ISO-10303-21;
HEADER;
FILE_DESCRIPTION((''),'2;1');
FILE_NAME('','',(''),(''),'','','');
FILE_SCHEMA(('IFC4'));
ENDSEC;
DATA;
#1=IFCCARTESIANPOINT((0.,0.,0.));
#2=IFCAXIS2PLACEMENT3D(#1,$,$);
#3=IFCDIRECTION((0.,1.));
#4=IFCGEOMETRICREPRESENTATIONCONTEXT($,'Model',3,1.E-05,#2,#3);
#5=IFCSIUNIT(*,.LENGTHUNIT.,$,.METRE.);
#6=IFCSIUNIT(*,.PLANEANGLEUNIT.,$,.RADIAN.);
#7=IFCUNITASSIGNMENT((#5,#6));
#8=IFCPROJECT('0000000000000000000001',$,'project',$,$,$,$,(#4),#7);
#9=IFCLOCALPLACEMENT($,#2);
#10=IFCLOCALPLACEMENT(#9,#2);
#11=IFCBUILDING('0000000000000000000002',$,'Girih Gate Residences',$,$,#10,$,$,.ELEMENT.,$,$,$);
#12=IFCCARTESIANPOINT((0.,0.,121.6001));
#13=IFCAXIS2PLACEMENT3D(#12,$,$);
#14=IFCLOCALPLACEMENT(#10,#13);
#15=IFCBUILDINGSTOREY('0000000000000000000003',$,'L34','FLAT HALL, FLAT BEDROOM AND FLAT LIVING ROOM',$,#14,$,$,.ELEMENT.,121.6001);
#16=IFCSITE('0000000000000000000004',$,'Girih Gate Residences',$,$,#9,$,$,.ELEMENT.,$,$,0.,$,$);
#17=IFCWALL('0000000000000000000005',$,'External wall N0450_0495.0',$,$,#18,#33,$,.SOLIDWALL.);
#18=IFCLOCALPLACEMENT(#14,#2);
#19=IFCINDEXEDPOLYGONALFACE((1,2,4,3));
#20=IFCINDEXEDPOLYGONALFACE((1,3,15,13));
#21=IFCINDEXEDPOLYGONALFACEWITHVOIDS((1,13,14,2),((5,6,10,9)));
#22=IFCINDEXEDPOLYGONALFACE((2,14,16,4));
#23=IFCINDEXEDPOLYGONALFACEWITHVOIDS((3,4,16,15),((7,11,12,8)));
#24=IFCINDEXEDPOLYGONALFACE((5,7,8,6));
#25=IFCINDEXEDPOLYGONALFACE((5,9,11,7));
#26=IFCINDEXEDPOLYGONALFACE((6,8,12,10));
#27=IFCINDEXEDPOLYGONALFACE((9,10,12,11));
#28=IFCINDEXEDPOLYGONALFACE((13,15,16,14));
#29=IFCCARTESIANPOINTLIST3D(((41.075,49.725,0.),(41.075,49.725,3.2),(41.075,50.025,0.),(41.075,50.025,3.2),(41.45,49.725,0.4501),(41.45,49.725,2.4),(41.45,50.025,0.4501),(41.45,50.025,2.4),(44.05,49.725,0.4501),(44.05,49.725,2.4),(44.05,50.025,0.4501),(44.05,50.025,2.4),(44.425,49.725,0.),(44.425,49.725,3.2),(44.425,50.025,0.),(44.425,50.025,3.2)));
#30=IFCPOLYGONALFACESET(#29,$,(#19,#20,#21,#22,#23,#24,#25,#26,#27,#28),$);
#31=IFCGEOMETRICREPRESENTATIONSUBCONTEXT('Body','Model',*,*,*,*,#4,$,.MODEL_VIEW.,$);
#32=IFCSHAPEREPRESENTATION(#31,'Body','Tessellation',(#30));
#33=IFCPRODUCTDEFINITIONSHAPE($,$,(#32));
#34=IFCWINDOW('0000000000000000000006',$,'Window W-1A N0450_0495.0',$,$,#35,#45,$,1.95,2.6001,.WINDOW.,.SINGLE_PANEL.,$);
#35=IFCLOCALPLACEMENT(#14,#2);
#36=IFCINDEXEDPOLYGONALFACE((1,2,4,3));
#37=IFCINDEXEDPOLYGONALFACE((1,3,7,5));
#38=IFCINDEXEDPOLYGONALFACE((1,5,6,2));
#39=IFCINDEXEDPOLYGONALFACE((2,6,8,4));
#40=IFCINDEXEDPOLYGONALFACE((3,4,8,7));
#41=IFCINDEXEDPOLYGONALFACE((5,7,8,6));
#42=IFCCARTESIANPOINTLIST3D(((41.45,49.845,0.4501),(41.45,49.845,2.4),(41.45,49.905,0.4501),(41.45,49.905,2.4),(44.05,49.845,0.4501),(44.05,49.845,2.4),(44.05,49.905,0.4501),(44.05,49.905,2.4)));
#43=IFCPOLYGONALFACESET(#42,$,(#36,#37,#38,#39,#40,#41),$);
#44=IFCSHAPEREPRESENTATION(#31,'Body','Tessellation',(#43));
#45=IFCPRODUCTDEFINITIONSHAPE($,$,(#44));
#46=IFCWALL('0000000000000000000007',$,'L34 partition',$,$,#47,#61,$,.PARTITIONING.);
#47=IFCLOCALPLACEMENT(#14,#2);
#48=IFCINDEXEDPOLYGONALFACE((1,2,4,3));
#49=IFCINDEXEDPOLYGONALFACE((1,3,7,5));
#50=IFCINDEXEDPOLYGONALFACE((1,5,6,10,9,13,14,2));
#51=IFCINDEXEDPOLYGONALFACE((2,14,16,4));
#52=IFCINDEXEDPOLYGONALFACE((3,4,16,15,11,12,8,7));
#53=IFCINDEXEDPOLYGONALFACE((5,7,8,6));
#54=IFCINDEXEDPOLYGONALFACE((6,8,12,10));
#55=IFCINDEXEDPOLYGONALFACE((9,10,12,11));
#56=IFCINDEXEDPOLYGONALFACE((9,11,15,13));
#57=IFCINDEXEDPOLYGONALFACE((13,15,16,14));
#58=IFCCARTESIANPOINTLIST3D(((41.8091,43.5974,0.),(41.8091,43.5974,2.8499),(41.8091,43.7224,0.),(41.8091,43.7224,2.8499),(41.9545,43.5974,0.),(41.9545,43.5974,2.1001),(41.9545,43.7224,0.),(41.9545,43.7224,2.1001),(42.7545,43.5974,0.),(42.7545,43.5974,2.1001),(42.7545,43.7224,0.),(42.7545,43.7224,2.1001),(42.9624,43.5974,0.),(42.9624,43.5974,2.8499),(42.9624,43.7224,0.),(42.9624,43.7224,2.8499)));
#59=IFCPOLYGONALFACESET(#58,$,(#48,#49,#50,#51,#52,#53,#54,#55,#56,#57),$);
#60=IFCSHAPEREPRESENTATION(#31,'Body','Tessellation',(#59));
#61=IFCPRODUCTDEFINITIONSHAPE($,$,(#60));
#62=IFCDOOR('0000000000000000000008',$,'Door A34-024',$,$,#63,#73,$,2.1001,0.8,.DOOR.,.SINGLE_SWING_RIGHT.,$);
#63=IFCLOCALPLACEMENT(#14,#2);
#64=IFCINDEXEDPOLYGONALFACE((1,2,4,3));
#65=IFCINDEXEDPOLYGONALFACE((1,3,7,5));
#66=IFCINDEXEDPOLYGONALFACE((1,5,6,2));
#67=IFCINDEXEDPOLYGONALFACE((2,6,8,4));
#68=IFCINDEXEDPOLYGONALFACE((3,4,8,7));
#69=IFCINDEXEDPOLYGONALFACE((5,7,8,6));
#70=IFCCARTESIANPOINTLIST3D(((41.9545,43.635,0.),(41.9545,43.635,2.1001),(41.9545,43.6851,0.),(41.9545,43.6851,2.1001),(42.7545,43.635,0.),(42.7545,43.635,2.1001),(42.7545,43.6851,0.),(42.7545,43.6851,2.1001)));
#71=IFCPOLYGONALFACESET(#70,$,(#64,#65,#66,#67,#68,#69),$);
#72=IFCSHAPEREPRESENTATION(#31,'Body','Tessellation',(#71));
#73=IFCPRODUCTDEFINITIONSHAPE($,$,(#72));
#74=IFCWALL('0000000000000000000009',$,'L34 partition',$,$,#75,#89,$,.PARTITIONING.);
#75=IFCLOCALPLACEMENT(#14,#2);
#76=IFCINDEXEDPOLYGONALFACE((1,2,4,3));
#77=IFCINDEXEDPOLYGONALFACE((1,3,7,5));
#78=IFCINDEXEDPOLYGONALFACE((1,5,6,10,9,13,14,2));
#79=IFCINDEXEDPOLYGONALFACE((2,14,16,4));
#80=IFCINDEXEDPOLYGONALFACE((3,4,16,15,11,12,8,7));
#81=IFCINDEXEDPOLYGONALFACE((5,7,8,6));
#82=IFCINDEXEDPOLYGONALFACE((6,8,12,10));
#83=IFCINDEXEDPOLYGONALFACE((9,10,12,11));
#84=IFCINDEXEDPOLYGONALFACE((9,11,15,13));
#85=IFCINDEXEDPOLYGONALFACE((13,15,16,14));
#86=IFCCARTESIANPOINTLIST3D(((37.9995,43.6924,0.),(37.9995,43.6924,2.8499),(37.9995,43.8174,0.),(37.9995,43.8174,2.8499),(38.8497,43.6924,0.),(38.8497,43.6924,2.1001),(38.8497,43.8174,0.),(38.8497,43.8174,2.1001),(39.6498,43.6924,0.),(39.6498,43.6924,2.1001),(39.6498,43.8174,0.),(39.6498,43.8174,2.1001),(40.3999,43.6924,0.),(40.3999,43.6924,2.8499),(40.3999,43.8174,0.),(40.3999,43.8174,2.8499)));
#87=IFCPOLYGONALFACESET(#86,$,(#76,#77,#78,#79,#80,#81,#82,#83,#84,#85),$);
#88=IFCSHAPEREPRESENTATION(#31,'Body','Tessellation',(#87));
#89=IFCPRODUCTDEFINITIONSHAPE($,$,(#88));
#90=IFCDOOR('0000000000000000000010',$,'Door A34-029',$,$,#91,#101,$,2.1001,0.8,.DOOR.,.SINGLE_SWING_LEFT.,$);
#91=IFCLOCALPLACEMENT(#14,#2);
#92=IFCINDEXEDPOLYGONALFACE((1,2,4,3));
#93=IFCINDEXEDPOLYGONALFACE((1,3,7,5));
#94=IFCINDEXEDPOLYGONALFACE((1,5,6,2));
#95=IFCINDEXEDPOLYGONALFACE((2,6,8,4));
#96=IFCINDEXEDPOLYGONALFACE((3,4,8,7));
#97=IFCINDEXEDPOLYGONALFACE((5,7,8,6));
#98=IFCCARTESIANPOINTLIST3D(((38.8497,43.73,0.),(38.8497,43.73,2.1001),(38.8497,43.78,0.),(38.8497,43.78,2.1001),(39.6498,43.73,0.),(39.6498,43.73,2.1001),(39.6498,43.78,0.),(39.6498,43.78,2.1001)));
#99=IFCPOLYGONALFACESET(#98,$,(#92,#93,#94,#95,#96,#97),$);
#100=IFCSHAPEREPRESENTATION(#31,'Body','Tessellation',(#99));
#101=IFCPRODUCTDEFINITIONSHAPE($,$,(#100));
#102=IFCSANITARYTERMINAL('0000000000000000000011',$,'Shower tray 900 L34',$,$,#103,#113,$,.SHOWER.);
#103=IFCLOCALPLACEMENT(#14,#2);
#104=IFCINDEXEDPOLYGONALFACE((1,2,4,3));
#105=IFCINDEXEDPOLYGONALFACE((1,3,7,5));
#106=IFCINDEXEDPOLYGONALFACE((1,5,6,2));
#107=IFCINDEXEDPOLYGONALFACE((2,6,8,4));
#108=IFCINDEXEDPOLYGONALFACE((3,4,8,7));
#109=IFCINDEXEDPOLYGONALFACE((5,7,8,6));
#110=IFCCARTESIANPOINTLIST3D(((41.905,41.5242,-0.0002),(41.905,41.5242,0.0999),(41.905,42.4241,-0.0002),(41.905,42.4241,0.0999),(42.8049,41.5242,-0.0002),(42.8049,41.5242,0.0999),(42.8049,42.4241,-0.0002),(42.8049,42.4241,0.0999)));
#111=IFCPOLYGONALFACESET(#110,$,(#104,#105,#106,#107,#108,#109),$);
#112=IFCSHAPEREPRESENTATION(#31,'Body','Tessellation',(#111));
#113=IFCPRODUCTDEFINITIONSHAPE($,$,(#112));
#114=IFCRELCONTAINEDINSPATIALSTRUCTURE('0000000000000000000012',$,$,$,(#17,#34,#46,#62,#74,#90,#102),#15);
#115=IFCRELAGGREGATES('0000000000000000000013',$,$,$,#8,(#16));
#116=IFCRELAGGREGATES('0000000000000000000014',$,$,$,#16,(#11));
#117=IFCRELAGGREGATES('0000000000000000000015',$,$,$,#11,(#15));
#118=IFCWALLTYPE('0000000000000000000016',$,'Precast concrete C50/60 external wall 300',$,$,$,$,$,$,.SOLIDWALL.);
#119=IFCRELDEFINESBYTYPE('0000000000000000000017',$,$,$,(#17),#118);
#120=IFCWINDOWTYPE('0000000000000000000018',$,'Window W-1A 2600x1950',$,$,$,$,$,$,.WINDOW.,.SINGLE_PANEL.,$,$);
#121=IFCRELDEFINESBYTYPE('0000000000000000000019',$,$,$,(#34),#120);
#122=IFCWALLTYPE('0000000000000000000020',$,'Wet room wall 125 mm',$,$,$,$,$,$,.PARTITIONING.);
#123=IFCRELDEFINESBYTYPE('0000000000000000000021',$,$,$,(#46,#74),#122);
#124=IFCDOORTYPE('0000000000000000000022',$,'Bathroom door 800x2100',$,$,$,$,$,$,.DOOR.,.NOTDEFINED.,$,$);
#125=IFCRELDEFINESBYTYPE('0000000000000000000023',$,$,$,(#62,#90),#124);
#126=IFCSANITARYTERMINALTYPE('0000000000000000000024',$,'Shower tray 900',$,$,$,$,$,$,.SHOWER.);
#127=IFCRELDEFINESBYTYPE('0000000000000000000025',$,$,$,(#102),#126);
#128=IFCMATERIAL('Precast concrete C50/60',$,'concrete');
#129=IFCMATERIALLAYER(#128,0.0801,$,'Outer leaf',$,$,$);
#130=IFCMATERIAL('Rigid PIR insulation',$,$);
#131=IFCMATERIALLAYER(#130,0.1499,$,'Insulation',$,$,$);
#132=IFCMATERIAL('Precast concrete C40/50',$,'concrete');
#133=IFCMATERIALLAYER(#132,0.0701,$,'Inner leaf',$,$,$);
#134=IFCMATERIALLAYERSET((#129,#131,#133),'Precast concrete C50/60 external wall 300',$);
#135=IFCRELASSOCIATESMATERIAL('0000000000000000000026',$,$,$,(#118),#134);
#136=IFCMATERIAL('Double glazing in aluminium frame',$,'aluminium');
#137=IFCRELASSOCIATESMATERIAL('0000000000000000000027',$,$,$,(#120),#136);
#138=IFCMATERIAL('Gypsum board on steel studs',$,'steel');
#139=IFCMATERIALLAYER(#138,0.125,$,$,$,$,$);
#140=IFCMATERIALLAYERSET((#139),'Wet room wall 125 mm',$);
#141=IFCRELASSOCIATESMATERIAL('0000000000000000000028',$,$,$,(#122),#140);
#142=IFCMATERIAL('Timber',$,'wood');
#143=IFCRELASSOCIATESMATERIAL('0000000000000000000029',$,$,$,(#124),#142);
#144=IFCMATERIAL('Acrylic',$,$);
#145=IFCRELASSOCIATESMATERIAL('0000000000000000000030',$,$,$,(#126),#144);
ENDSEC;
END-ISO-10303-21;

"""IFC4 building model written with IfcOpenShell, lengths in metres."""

from ifc_helpers import new_model, si_unit, direction, frame, frame_2d, origin, origin_2d, place, context, subcontext, project, spatial, rectangle, extrude, material, layer, layer_set, type_object, element, fill, save


model = new_model("IFC4")

# Units and contexts
model_context = context("Model", 3, precision=1e-05, world=origin(), true_north=direction((0.0, 1.0)))
body_context = subcontext(model_context, "Body", "Model", "MODEL_VIEW")
ifc_project = project(units=[si_unit("LENGTHUNIT", "METRE"), si_unit("PLANEANGLEUNIT", "RADIAN")], contexts=[model_context])

# Site, building, storey
site_placement = place(None, origin())
site = spatial("IfcSite", under=ifc_project, at=site_placement, Name="Girih Gate Residences", CompositionType="ELEMENT", RefElevation=0.0)
building_placement = place(site_placement, origin())
building = spatial("IfcBuilding", under=site, at=building_placement, Name="Girih Gate Residences", CompositionType="ELEMENT")
storey_placement = place(building_placement, frame((0.0, 0.0, 121.6001)))
storey = spatial("IfcBuildingStorey", under=building, at=storey_placement, Name="L34", Description="FLAT HALL, FLAT BEDROOM AND FLAT LIVING ROOM", CompositionType="ELEMENT", Elevation=121.6001)

# Shared definitions
ifc_material_1 = material(Name="Gypsum board on steel studs", Category="steel")
ifc_material_2 = material(Name="Timber", Category="wood")

# Wall, opening, window
ifc_material_3 = material(Name="Precast concrete C50/60", Category="concrete")
ifc_layer_1 = layer(ifc_material_3, 0.0801, Name="Outer leaf")
ifc_material_4 = material(Name="Rigid PIR insulation")
ifc_layer_2 = layer(ifc_material_4, 0.1499, Name="Insulation")
ifc_material_5 = material(Name="Precast concrete C40/50", Category="concrete")
ifc_layer_3 = layer(ifc_material_5, 0.0701, Name="Inner leaf")
ifc_layer_set_1 = layer_set([ifc_layer_1, ifc_layer_2, ifc_layer_3], Name="Precast concrete C50/60 external wall 300")
wall_type_1 = type_object("IfcWallType", Name="Precast concrete C50/60 external wall 300", PredefinedType="SOLIDWALL", material=ifc_layer_set_1)
wall_1_placement = place(storey_placement, frame((41.075, 49.875, 0.0), z_axis=(0.0, 0.0, 1.0), x_axis=(1.0, 0.0, 0.0)))
wall_1 = element("IfcWall", 1, at=wall_1_placement, inside=storey, type_object=wall_type_1, Name="External wall N0450_0495.0", PredefinedType="SOLIDWALL", context=body_context, shape_type="SweptSolid", body=[
    extrude(rectangle(XDim=3.3501, YDim=0.3, at=frame_2d((1.675, 0.0))), origin(), (0.0, 0.0, 1.0), 3.2),
])
opening_1_placement = place(wall_1_placement, frame((0.375, 0.0, 0.45)))
opening_1 = element("IfcOpeningElement", 2, at=opening_1_placement, cuts=wall_1, PredefinedType="OPENING", context=body_context, shape_type="SweptSolid", body=[
    extrude(rectangle(XDim=2.6001, YDim=1.95, at=frame_2d((1.3, 0.9751))), frame((0.0, 0.1599, 0.0), z_axis=(0.0, -1.0, 0.0), x_axis=(1.0, 0.0, 0.0)), (0.0, 0.0, 1.0), 0.3201),
])
ifc_material_6 = material(Name="Double glazing in aluminium frame", Category="aluminium")
window_type = type_object("IfcWindowType", Name="Window W-1A 2600x1950", PartitioningType="SINGLE_PANEL", PredefinedType="WINDOW", material=ifc_material_6)
window_placement = place(opening_1_placement, origin())
window = element("IfcWindow", 3, at=window_placement, inside=storey, type_object=window_type, Name="Window W-1A N0450_0495.0", OverallHeight=1.95, OverallWidth=2.6001, PartitioningType="SINGLE_PANEL", PredefinedType="WINDOW", context=body_context, shape_type="SweptSolid", body=[
    extrude(rectangle(XDim=2.6001, YDim=1.95, at=frame_2d((1.3, 0.9751))), frame((0.0, 0.03, 0.0), z_axis=(0.0, -1.0, 0.0), x_axis=(1.0, 0.0, 0.0)), (0.0, 0.0, 1.0), 0.0601),
])
fill(opening_1, window)

# Walls, openings, doors
ifc_layer_4 = layer(ifc_material_1, 0.125)
ifc_layer_set_2 = layer_set([ifc_layer_4], Name="Wet room wall 125 mm")
wall_type_2 = type_object("IfcWallType", Name="Wet room wall 125 mm", PredefinedType="PARTITIONING", material=ifc_layer_set_2)
wall_2_placement = place(storey_placement, frame((42.9624, 43.6599, 0.0), z_axis=(0.0, 0.0, 1.0), x_axis=(-1.0, 0.0, 0.0)))
wall_2 = element("IfcWall", 4, at=wall_2_placement, inside=storey, type_object=wall_type_2, Name="L34 partition", PredefinedType="PARTITIONING", context=body_context, shape_type="SweptSolid", body=[
    extrude(rectangle(XDim=1.1533, YDim=0.125, at=frame_2d((0.5767, 0.0))), origin(), (0.0, 0.0, 1.0), 2.8499),
])
opening_2_placement = place(wall_2_placement, frame((0.208, 0.0, 0.0)))
opening_2 = element("IfcOpeningElement", 5, at=opening_2_placement, cuts=wall_2, PredefinedType="OPENING", context=body_context, shape_type="SweptSolid", body=[
    extrude(rectangle(XDim=0.8, YDim=2.1001, at=frame_2d((0.3999, 1.05))), frame((0.0, 0.0725, 0.0), z_axis=(0.0, -1.0, 0.0), x_axis=(1.0, 0.0, 0.0)), (0.0, 0.0, 1.0), 0.145),
])
door_type_1 = type_object("IfcDoorType", Name="Bathroom door 800x2100", OperationType="NOTDEFINED", PredefinedType="DOOR", material=ifc_material_2)
door_1_placement = place(opening_2_placement, origin())
door_1 = element("IfcDoor", 6, at=door_1_placement, inside=storey, type_object=door_type_1, Name="Door A34-024", OperationType="SINGLE_SWING_RIGHT", OverallHeight=2.1001, OverallWidth=0.8, PredefinedType="DOOR", context=body_context, shape_type="SweptSolid", body=[
    extrude(rectangle(XDim=0.8, YDim=2.1001, at=frame_2d((0.3999, 1.05))), frame((0.0, 0.0249, 0.0), z_axis=(0.0, -1.0, 0.0), x_axis=(1.0, 0.0, 0.0)), (0.0, 0.0, 1.0), 0.05),
])
fill(opening_2, door_1)
wall_3_placement = place(storey_placement, frame((40.3999, 43.7549, 0.0), z_axis=(0.0, 0.0, 1.0), x_axis=(-1.0, 0.0, 0.0)))
wall_3 = element("IfcWall", 7, at=wall_3_placement, inside=storey, type_object=wall_type_2, Name="L34 partition", PredefinedType="PARTITIONING", context=body_context, shape_type="SweptSolid", body=[
    extrude(rectangle(XDim=2.4004, YDim=0.125, at=frame_2d((1.2002, 0.0))), origin(), (0.0, 0.0, 1.0), 2.8499),
])
opening_3_placement = place(wall_3_placement, frame((0.7502, 0.0, 0.0)))
opening_3 = element("IfcOpeningElement", 8, at=opening_3_placement, cuts=wall_3, PredefinedType="OPENING", context=body_context, shape_type="SweptSolid", body=[
    extrude(rectangle(XDim=0.8, YDim=2.1001, at=frame_2d((0.3999, 1.05))), frame((0.0, 0.0725, 0.0), z_axis=(0.0, -1.0, 0.0), x_axis=(1.0, 0.0, 0.0)), (0.0, 0.0, 1.0), 0.145),
])
door_2_placement = place(opening_3_placement, origin())
door_2 = element("IfcDoor", 9, at=door_2_placement, inside=storey, type_object=door_type_1, Name="Door A34-029", OperationType="SINGLE_SWING_LEFT", OverallHeight=2.1001, OverallWidth=0.8, PredefinedType="DOOR", context=body_context, shape_type="SweptSolid", body=[
    extrude(rectangle(XDim=0.8, YDim=2.1001, at=frame_2d((0.3999, 1.05))), frame((0.0, 0.0249, 0.0), z_axis=(0.0, -1.0, 0.0), x_axis=(1.0, 0.0, 0.0)), (0.0, 0.0, 1.0), 0.05),
])
fill(opening_3, door_2)

# Sanitary terminal
ifc_material_7 = material(Name="Acrylic")
sanitary_terminal_type = type_object("IfcSanitaryTerminalType", Name="Shower tray 900", PredefinedType="SHOWER", material=ifc_material_7)
sanitary_terminal_placement = place(storey_placement, frame((42.355, 41.9741, -0.0002), z_axis=(0.0, 0.0, 1.0), x_axis=(1.0, 0.0, 0.0)))
element("IfcSanitaryTerminal", 10, at=sanitary_terminal_placement, inside=storey, type_object=sanitary_terminal_type, Name="Shower tray 900 L34", PredefinedType="SHOWER", context=body_context, shape_type="SweptSolid", body=[
    extrude(rectangle(XDim=0.8999, YDim=0.8999, at=origin_2d()), origin(), (0.0, 0.0, 1.0), 0.1001),
])

save(model, "model.ifc")
